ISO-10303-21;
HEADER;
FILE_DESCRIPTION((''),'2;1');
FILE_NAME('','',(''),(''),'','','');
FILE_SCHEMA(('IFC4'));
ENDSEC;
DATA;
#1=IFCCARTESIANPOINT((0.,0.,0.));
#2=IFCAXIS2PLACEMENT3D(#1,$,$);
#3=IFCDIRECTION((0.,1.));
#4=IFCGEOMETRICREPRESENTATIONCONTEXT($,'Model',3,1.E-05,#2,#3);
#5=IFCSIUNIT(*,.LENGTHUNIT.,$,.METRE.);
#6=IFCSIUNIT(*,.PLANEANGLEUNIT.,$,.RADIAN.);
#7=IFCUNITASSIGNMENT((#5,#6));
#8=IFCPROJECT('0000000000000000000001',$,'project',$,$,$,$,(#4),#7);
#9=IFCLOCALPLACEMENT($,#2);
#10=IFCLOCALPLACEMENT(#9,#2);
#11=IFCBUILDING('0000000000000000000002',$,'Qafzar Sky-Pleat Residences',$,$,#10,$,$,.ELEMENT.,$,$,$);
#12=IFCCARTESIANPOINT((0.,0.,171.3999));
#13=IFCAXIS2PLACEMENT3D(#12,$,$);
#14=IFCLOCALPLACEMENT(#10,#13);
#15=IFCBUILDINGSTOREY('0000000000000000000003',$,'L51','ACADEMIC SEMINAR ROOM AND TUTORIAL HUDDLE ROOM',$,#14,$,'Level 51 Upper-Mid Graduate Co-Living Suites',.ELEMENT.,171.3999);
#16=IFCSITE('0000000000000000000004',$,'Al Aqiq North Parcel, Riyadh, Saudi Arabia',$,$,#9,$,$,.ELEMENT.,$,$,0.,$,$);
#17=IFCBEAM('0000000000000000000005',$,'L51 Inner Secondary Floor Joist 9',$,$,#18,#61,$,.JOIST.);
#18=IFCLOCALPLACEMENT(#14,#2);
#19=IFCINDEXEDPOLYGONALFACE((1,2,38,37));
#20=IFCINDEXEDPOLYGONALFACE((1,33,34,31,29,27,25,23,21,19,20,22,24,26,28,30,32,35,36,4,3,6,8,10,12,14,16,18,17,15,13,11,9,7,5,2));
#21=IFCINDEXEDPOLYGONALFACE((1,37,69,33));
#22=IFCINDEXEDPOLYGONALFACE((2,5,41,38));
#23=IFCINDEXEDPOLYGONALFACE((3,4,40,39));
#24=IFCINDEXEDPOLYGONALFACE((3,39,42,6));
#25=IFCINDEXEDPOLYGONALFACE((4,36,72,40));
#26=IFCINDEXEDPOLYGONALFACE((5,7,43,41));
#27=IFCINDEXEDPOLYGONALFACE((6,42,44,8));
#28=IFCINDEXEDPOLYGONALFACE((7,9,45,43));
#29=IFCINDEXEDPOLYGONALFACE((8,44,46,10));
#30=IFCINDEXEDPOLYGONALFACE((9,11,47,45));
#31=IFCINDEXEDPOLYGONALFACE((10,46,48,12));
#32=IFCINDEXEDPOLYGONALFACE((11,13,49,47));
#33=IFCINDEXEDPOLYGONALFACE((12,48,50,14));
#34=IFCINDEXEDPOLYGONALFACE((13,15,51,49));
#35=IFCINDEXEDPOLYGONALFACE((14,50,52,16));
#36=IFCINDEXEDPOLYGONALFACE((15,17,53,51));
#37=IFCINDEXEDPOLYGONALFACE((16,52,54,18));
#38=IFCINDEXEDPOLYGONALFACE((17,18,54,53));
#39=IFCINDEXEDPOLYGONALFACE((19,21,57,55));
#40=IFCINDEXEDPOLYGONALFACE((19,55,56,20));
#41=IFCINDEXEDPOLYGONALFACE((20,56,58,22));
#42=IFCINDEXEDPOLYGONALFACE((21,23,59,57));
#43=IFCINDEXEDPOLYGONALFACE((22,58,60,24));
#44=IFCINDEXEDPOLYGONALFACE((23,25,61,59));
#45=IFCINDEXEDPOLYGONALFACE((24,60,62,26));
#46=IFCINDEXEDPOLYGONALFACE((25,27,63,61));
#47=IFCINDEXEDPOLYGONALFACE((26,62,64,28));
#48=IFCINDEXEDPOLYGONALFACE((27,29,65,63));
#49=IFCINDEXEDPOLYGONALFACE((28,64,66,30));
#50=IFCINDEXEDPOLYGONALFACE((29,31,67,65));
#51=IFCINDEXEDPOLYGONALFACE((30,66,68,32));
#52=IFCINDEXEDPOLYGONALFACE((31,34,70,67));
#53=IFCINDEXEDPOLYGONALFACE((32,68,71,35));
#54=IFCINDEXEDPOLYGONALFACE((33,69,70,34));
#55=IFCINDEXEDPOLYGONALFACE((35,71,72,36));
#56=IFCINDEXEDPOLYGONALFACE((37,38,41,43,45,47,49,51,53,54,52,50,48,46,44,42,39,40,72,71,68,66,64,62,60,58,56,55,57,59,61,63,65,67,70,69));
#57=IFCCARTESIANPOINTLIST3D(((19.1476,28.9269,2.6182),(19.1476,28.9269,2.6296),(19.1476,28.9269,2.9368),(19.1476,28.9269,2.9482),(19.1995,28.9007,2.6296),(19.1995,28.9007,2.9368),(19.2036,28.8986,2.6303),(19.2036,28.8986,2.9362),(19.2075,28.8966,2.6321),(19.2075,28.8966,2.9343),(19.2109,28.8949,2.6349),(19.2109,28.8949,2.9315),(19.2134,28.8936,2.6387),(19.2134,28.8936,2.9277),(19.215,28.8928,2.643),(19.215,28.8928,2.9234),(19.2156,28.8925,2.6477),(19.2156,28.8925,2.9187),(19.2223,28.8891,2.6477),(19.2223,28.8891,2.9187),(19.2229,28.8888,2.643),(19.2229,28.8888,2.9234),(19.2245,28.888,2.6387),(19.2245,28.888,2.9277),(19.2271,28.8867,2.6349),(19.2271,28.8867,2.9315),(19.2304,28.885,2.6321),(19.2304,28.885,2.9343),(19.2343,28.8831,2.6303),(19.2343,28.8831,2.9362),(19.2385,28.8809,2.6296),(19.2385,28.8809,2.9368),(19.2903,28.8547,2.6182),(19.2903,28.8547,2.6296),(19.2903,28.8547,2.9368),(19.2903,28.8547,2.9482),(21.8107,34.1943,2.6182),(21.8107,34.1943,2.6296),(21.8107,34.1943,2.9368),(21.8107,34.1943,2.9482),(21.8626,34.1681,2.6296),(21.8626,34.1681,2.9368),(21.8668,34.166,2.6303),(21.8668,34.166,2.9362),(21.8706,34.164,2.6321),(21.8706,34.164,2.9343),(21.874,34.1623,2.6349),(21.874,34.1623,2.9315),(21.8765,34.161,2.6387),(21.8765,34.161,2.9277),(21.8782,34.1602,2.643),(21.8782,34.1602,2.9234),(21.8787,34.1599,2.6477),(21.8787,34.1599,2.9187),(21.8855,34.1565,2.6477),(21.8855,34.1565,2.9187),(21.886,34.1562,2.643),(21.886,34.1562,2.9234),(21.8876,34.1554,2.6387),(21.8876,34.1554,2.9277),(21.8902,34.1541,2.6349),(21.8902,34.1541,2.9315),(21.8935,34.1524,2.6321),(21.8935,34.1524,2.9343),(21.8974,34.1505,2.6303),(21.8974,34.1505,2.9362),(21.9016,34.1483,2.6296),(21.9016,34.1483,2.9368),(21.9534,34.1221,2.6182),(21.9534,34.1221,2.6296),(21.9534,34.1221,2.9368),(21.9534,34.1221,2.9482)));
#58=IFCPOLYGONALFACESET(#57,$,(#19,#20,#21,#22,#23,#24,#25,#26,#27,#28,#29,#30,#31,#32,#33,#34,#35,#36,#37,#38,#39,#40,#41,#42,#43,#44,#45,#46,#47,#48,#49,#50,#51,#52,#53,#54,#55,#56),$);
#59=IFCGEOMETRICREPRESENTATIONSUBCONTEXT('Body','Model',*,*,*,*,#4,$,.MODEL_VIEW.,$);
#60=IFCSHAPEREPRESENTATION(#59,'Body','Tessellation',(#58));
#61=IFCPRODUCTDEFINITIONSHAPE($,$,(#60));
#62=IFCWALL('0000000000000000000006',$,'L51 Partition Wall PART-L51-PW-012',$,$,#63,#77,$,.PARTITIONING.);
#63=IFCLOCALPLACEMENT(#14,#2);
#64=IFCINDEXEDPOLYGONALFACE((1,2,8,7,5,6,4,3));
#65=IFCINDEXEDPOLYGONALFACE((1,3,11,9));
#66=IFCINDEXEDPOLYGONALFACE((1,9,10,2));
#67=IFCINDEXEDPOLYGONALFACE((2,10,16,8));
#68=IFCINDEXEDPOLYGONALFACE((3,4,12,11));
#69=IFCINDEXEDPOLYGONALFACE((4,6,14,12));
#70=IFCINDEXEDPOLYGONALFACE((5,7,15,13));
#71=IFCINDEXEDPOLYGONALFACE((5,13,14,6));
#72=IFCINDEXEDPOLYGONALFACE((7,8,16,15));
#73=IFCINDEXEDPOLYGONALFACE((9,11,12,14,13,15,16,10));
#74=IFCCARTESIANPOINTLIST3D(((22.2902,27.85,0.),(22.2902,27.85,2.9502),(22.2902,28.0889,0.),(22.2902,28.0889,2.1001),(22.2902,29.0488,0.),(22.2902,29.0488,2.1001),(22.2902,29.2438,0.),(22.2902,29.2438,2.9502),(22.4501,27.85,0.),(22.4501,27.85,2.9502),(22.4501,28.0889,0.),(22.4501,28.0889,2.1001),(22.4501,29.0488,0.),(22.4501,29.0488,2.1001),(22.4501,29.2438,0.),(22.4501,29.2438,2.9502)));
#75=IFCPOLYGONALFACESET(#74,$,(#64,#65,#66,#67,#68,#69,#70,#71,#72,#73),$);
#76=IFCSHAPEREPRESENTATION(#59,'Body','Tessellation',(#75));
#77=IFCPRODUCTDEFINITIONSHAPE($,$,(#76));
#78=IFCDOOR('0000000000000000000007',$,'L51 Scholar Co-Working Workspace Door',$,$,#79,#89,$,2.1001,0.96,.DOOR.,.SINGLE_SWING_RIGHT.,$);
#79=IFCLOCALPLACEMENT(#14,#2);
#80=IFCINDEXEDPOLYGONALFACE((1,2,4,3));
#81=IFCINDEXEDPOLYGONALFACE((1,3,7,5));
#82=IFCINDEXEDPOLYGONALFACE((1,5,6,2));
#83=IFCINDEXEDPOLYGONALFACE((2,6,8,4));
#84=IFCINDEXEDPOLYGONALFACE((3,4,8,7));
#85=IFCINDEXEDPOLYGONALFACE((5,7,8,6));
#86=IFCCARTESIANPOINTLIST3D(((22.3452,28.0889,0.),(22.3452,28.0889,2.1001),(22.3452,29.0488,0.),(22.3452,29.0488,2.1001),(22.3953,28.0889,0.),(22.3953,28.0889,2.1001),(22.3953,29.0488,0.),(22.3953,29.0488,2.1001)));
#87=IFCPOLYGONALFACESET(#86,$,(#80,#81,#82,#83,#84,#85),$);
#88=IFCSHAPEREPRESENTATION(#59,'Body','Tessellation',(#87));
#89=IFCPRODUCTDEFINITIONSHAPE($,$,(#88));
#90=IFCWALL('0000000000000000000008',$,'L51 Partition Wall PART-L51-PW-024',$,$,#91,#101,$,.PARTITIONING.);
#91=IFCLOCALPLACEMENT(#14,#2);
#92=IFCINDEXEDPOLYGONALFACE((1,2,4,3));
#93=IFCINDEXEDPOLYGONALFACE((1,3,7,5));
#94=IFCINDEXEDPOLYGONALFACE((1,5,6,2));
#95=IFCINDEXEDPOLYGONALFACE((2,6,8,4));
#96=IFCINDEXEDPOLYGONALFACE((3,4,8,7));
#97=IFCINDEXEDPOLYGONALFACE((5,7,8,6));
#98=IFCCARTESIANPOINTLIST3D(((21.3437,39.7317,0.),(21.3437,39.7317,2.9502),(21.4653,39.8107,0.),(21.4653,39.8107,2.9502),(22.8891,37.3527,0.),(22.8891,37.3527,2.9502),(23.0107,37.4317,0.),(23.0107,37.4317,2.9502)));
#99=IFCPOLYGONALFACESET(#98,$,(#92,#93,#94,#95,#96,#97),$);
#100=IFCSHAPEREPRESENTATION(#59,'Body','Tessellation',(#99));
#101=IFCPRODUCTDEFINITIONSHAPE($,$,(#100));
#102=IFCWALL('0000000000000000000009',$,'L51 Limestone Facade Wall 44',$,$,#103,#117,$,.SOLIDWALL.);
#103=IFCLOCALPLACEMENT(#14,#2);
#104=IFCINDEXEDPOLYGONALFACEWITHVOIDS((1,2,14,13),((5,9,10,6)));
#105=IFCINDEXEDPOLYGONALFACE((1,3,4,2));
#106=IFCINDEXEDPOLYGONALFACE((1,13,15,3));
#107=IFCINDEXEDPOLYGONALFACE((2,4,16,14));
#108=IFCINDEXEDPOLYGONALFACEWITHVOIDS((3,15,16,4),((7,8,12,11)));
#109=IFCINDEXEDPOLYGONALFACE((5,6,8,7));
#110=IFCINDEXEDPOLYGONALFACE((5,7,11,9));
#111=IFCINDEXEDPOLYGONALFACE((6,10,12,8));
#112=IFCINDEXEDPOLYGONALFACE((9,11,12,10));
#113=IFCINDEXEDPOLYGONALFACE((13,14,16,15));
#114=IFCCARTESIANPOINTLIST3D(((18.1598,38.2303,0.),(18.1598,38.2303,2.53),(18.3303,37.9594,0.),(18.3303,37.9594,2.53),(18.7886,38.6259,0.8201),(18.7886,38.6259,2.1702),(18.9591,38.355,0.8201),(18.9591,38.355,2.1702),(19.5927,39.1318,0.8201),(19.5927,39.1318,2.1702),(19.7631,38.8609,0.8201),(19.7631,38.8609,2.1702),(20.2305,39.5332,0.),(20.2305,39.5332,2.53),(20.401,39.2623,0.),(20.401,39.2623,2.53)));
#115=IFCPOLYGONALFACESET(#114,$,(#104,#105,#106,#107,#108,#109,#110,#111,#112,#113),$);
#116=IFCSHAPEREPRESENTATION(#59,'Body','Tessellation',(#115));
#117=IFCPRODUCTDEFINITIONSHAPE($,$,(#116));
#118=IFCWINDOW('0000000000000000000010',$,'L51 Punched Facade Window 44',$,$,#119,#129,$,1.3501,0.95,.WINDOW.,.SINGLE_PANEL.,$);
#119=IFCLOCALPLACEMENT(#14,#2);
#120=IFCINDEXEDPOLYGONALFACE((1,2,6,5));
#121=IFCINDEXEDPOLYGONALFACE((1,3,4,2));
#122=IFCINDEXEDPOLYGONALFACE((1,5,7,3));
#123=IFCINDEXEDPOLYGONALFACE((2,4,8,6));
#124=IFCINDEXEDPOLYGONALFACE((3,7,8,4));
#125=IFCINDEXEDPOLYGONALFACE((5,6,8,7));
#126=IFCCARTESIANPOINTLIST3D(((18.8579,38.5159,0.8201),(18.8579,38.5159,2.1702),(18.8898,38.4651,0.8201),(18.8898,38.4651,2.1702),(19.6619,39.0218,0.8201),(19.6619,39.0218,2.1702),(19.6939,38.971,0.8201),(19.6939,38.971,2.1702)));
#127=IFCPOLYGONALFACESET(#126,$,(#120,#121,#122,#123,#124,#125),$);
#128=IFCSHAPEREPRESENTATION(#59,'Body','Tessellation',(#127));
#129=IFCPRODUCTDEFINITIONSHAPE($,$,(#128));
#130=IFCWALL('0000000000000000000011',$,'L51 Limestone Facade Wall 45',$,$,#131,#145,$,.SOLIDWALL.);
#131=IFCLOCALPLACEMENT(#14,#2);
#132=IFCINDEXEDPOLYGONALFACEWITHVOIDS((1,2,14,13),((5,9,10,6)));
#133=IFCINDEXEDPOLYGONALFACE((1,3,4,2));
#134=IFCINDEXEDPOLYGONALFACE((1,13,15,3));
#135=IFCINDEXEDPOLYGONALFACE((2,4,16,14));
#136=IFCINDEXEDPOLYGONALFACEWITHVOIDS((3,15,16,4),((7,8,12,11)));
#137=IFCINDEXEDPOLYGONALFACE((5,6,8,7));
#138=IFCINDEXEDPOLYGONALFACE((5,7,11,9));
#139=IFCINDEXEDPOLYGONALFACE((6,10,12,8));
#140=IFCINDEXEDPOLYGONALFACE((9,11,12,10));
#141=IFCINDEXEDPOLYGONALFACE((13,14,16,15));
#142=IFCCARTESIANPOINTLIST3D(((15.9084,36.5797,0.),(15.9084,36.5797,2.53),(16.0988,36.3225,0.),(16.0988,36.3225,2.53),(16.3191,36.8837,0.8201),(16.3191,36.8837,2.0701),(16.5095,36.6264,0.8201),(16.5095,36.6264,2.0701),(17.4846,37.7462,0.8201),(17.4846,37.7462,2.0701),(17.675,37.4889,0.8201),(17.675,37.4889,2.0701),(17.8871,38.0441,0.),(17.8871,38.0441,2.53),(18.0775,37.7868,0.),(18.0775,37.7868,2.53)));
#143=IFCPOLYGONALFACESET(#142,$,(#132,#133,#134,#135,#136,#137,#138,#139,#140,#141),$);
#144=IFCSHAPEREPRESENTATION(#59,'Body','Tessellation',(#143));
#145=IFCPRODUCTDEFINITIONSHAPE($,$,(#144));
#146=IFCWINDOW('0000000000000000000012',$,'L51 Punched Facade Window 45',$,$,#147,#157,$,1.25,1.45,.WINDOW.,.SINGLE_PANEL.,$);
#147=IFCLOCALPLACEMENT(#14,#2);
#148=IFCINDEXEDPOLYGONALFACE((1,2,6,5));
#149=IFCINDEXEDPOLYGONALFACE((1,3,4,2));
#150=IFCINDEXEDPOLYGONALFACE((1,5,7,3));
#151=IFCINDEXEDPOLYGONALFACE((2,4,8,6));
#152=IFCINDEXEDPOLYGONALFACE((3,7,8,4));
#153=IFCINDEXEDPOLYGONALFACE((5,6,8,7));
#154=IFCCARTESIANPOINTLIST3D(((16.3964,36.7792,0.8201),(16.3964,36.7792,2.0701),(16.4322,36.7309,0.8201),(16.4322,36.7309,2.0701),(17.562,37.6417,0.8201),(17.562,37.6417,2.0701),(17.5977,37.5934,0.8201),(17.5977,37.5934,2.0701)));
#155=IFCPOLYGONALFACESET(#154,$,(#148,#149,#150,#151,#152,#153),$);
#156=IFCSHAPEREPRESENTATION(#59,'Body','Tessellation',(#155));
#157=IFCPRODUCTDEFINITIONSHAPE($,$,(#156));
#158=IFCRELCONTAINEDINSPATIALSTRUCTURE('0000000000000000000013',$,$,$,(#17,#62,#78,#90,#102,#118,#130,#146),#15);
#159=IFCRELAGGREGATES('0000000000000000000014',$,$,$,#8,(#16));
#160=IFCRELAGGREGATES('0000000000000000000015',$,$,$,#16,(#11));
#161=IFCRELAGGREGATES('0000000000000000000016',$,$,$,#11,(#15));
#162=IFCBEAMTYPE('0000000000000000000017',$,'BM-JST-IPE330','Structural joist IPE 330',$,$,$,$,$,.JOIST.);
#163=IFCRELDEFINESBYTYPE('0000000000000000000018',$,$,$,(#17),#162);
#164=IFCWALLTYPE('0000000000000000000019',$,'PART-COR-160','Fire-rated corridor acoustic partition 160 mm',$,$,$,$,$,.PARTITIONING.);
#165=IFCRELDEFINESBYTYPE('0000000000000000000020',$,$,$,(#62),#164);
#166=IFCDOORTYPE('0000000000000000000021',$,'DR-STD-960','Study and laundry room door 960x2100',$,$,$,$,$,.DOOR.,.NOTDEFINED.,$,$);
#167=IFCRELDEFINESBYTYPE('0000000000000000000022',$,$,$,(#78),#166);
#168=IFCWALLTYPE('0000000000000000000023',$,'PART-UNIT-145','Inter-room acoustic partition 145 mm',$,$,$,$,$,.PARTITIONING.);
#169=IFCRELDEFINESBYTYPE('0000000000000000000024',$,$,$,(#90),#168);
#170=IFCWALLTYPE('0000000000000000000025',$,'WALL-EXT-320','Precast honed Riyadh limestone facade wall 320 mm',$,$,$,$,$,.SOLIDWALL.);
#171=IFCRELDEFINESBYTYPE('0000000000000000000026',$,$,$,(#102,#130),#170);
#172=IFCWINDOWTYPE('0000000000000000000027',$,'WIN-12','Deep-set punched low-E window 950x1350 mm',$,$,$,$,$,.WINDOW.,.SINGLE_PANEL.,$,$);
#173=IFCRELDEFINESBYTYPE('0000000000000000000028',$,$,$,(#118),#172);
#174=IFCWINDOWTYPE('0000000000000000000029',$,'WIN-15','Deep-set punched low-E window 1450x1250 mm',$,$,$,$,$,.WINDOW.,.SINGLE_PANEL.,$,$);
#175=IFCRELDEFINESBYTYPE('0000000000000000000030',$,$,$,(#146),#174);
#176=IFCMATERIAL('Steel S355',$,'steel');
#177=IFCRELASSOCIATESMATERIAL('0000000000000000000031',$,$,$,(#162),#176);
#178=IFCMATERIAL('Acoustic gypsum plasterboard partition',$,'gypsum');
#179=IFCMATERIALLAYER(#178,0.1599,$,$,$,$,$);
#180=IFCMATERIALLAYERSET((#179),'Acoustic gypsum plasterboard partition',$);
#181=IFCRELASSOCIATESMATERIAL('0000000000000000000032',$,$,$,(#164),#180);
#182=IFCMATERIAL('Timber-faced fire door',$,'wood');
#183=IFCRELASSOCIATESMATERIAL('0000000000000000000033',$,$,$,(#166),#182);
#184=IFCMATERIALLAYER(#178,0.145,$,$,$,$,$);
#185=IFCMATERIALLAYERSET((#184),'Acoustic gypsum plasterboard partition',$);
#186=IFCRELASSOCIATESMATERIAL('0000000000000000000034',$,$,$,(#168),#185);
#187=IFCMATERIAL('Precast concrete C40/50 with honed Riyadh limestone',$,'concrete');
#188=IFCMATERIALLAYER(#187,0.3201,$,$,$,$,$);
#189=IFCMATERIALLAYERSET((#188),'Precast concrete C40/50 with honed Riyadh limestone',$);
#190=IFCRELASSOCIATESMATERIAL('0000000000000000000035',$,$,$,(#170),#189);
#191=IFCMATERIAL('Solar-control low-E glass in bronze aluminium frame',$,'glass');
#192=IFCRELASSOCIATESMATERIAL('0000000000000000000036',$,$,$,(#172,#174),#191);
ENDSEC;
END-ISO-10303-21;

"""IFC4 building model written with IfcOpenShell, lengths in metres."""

from ifc_helpers import new_model, si_unit, direction, frame, frame_2d, origin, origin_2d, place, context, subcontext, project, spatial, rectangle, i_section, extrude, source, transform, mapped, material, layer, layer_set, material_profile, profile_set, type_object, element, fill, save


model = new_model("IFC4")

# Units and contexts
model_context = context("Model", 3, precision=1e-05, world=origin(), true_north=direction((0.0, 1.0)))
body_context = subcontext(model_context, "Body", "Model", "MODEL_VIEW")
ifc_project = project(units=[si_unit("LENGTHUNIT", "METRE"), si_unit("PLANEANGLEUNIT", "RADIAN")], contexts=[model_context])

# Site, building, storey
site_placement = place(None, origin())
site = spatial("IfcSite", under=ifc_project, at=site_placement, Name="Al Aqiq North Parcel, Riyadh, Saudi Arabia", CompositionType="ELEMENT", RefElevation=0.0)
building_placement = place(site_placement, origin())
building = spatial("IfcBuilding", under=site, at=building_placement, Name="Qafzar Sky-Pleat Residences", CompositionType="ELEMENT")
storey_placement = place(building_placement, frame((0.0, 0.0, 171.3999)))
storey = spatial("IfcBuildingStorey", under=building, at=storey_placement, Name="L51", Description="ACADEMIC SEMINAR ROOM AND TUTORIAL HUDDLE ROOM", LongName="Level 51 Upper-Mid Graduate Co-Living Suites", CompositionType="ELEMENT", Elevation=171.3999)

# Beam
ifc_material_1 = material(Name="Steel S355", Category="steel")
ifc_material_profile_1 = material_profile(ifc_material_1, i_section(OverallWidth=0.1599, OverallDepth=0.3301, WebThickness=0.0076, FlangeThickness=0.0115, FilletRadius=0.0181, at=origin_2d()), Name="IPE 330")
ifc_profile_set_1 = profile_set([ifc_material_profile_1], Name="Steel S355")
beam_type_1 = type_object("IfcBeamType", Name="BM-JST-IPE330", Description="Structural joist IPE 330", PredefinedType="JOIST", material=ifc_profile_set_1)
shared_shape_1 = source(origin(), body_context, "Body", "SweptSolid", [
    extrude(i_section(OverallWidth=0.1599, OverallDepth=0.3301, WebThickness=0.0076, FlangeThickness=0.0115, FilletRadius=0.0181, at=origin_2d()), origin(), (0.0, 0.0, 1.0), 5.9023),
])
beam_1_placement = place(storey_placement, frame((21.8821, 34.1582, 2.7832), z_axis=(-0.451197, -0.892425, 0.0), x_axis=(0.892425, -0.451197, 0.0)))
element("IfcBeam", 1, at=beam_1_placement, inside=storey, type_object=beam_type_1, Name="L51 Inner Secondary Floor Joist 9", PredefinedType="JOIST", context=body_context, shape_type="MappedRepresentation", body=[
    mapped(shared_shape_1, transform((0.0, 0.0, 0.0), x_axis=(1.0, 0.0, 0.0), y_axis=(0.0, 1.0, 0.0), z_axis=(0.0, 0.0, 1.0), scale=1.0)),
])

# Wall, opening, door
ifc_material_2 = material(Name="Acoustic gypsum plasterboard partition", Category="gypsum")
ifc_layer_1 = layer(ifc_material_2, 0.1599)
ifc_layer_set_1 = layer_set([ifc_layer_1], Name="Acoustic gypsum plasterboard partition")
wall_type_1 = type_object("IfcWallType", Name="PART-COR-160", Description="Fire-rated corridor acoustic partition 160 mm", PredefinedType="PARTITIONING", material=ifc_layer_set_1)
wall_1_placement = place(storey_placement, frame((22.3701, 27.8501, 0.0), z_axis=(0.0, 0.0, 1.0), x_axis=(0.0, 1.0, 0.0)))
wall_1 = element("IfcWall", 2, at=wall_1_placement, inside=storey, type_object=wall_type_1, Name="L51 Partition Wall PART-L51-PW-012", PredefinedType="PARTITIONING", context=body_context, shape_type="SweptSolid", body=[
    extrude(rectangle(XDim=1.3938, YDim=0.1599, at=frame_2d((0.6968, 0.0))), origin(), (0.0, 0.0, 1.0), 2.9502),
])
opening_1_placement = place(wall_1_placement, frame((0.2388, 0.0, 0.0)))
opening_1 = element("IfcOpeningElement", 3, at=opening_1_placement, cuts=wall_1, PredefinedType="OPENING", context=body_context, shape_type="SweptSolid", body=[
    extrude(rectangle(XDim=0.96, YDim=2.1001, at=frame_2d((0.48, 1.05))), frame((0.0, 0.0898, 0.0), z_axis=(0.0, -1.0, 0.0), x_axis=(1.0, 0.0, 0.0)), (0.0, 0.0, 1.0), 0.1799),
])
ifc_material_3 = material(Name="Timber-faced fire door", Category="wood")
door_type = type_object("IfcDoorType", Name="DR-STD-960", Description="Study and laundry room door 960x2100", OperationType="NOTDEFINED", PredefinedType="DOOR", material=ifc_material_3)
shared_shape_2 = source(origin(), body_context, "Body", "SweptSolid", [
    extrude(rectangle(XDim=0.96, YDim=2.1001, at=frame_2d((0.48, 1.05))), frame((0.0, 0.0249, 0.0), z_axis=(0.0, -1.0, 0.0), x_axis=(1.0, 0.0, 0.0)), (0.0, 0.0, 1.0), 0.05),
])
door_placement = place(opening_1_placement, origin())
door = element("IfcDoor", 4, at=door_placement, inside=storey, type_object=door_type, Name="L51 Scholar Co-Working Workspace Door", OperationType="SINGLE_SWING_RIGHT", OverallHeight=2.1001, OverallWidth=0.96, PredefinedType="DOOR", context=body_context, shape_type="MappedRepresentation", body=[
    mapped(shared_shape_2, transform((0.0, 0.0, 0.0), x_axis=(1.0, 0.0, 0.0), y_axis=(0.0, 1.0, 0.0), z_axis=(0.0, 0.0, 1.0), scale=1.0)),
])
fill(opening_1, door)

# Wall
ifc_layer_2 = layer(ifc_material_2, 0.145)
ifc_layer_set_2 = layer_set([ifc_layer_2], Name="Acoustic gypsum plasterboard partition")
wall_type_2 = type_object("IfcWallType", Name="PART-UNIT-145", Description="Inter-room acoustic partition 145 mm", PredefinedType="PARTITIONING", material=ifc_layer_set_2)
wall_2_placement = place(storey_placement, frame((21.4045, 39.7712, 0.0), z_axis=(0.0, 0.0, 1.0), x_axis=(0.544731, -0.838611, 0.0)))
element("IfcWall", 5, at=wall_2_placement, inside=storey, type_object=wall_type_2, Name="L51 Partition Wall PART-L51-PW-024", PredefinedType="PARTITIONING", context=body_context, shape_type="SweptSolid", body=[
    extrude(rectangle(XDim=2.8369, YDim=0.145, at=frame_2d((1.4185, 0.0))), origin(), (0.0, 0.0, 1.0), 2.9502),
])

# Walls, openings, windows
ifc_material_4 = material(Name="Precast concrete C40/50 with honed Riyadh limestone", Category="concrete")
ifc_layer_3 = layer(ifc_material_4, 0.3201)
ifc_layer_set_3 = layer_set([ifc_layer_3], Name="Precast concrete C40/50 with honed Riyadh limestone")
wall_type_3 = type_object("IfcWallType", Name="WALL-EXT-320", Description="Precast honed Riyadh limestone facade wall 320 mm", PredefinedType="SOLIDWALL", material=ifc_layer_set_3)
wall_3_placement = place(storey_placement, frame((20.3157, 39.3977, 0.0), z_axis=(0.0, 0.0, 1.0), x_axis=(-0.846391, -0.532562, 0.0)))
wall_3 = element("IfcWall", 6, at=wall_3_placement, inside=storey, type_object=wall_type_3, Name="L51 Limestone Facade Wall 44", PredefinedType="SOLIDWALL", context=body_context, shape_type="SweptSolid", body=[
    extrude(rectangle(XDim=2.4465, YDim=0.3201, at=frame_2d((1.2231, 0.0))), origin(), (0.0, 0.0, 1.0), 2.53),
])
opening_2_placement = place(wall_3_placement, frame((0.7534, 0.0, 0.8201)))
opening_2 = element("IfcOpeningElement", 7, at=opening_2_placement, cuts=wall_3, PredefinedType="OPENING", context=body_context, shape_type="SweptSolid", body=[
    extrude(rectangle(XDim=0.95, YDim=1.3501, at=frame_2d((0.4751, 0.675))), frame((0.0, 0.1699, 0.0), z_axis=(0.0, -1.0, 0.0), x_axis=(1.0, 0.0, 0.0)), (0.0, 0.0, 1.0), 0.3401),
])
ifc_material_5 = material(Name="Solar-control low-E glass in bronze aluminium frame", Category="glass")
window_type_1 = type_object("IfcWindowType", Name="WIN-12", Description="Deep-set punched low-E window 950x1350 mm", PartitioningType="SINGLE_PANEL", PredefinedType="WINDOW", material=ifc_material_5)
shared_shape_3 = source(origin(), body_context, "Body", "SweptSolid", [
    extrude(rectangle(XDim=0.95, YDim=1.3501, at=frame_2d((0.4751, 0.675))), frame((0.0, 0.03, 0.0), z_axis=(0.0, -1.0, 0.0), x_axis=(1.0, 0.0, 0.0)), (0.0, 0.0, 1.0), 0.0601),
])
window_1_placement = place(opening_2_placement, origin())
window_1 = element("IfcWindow", 8, at=window_1_placement, inside=storey, type_object=window_type_1, Name="L51 Punched Facade Window 44", OverallHeight=1.3501, OverallWidth=0.95, PartitioningType="SINGLE_PANEL", PredefinedType="WINDOW", context=body_context, shape_type="MappedRepresentation", body=[
    mapped(shared_shape_3, transform((0.0, 0.0, 0.0), x_axis=(1.0, 0.0, 0.0), y_axis=(0.0, 1.0, 0.0), z_axis=(0.0, 0.0, 1.0), scale=1.0)),
])
fill(opening_2, window_1)
wall_4_placement = place(storey_placement, frame((17.9824, 37.9155, 0.0), z_axis=(0.0, 0.0, 1.0), x_axis=(-0.803828, -0.594862, 0.0)))
wall_4 = element("IfcWall", 9, at=wall_4_placement, inside=storey, type_object=wall_type_3, Name="L51 Limestone Facade Wall 45", PredefinedType="SOLIDWALL", context=body_context, shape_type="SweptSolid", body=[
    extrude(rectangle(XDim=2.4617, YDim=0.3201, at=frame_2d((1.231, 0.0))), origin(), (0.0, 0.0, 1.0), 2.53),
])
opening_3_placement = place(wall_4_placement, frame((0.5007, 0.0, 0.8201)))
opening_3 = element("IfcOpeningElement", 10, at=opening_3_placement, cuts=wall_4, PredefinedType="OPENING", context=body_context, shape_type="SweptSolid", body=[
    extrude(rectangle(XDim=1.45, YDim=1.25, at=frame_2d((0.7251, 0.625))), frame((0.0, 0.1699, 0.0), z_axis=(0.0, -1.0, 0.0), x_axis=(1.0, 0.0, 0.0)), (0.0, 0.0, 1.0), 0.3401),
])
window_type_2 = type_object("IfcWindowType", Name="WIN-15", Description="Deep-set punched low-E window 1450x1250 mm", PartitioningType="SINGLE_PANEL", PredefinedType="WINDOW", material=ifc_material_5)
shared_shape_4 = source(origin(), body_context, "Body", "SweptSolid", [
    extrude(rectangle(XDim=1.45, YDim=1.25, at=frame_2d((0.7251, 0.625))), frame((0.0, 0.03, 0.0), z_axis=(0.0, -1.0, 0.0), x_axis=(1.0, 0.0, 0.0)), (0.0, 0.0, 1.0), 0.0601),
])
window_2_placement = place(opening_3_placement, origin())
window_2 = element("IfcWindow", 11, at=window_2_placement, inside=storey, type_object=window_type_2, Name="L51 Punched Facade Window 45", OverallHeight=1.25, OverallWidth=1.45, PartitioningType="SINGLE_PANEL", PredefinedType="WINDOW", context=body_context, shape_type="MappedRepresentation", body=[
    mapped(shared_shape_4, transform((0.0, 0.0, 0.0), x_axis=(1.0, 0.0, 0.0), y_axis=(0.0, 1.0, 0.0), z_axis=(0.0, 0.0, 1.0), scale=1.0)),
])
fill(opening_3, window_2)

save(model, "model.ifc")
